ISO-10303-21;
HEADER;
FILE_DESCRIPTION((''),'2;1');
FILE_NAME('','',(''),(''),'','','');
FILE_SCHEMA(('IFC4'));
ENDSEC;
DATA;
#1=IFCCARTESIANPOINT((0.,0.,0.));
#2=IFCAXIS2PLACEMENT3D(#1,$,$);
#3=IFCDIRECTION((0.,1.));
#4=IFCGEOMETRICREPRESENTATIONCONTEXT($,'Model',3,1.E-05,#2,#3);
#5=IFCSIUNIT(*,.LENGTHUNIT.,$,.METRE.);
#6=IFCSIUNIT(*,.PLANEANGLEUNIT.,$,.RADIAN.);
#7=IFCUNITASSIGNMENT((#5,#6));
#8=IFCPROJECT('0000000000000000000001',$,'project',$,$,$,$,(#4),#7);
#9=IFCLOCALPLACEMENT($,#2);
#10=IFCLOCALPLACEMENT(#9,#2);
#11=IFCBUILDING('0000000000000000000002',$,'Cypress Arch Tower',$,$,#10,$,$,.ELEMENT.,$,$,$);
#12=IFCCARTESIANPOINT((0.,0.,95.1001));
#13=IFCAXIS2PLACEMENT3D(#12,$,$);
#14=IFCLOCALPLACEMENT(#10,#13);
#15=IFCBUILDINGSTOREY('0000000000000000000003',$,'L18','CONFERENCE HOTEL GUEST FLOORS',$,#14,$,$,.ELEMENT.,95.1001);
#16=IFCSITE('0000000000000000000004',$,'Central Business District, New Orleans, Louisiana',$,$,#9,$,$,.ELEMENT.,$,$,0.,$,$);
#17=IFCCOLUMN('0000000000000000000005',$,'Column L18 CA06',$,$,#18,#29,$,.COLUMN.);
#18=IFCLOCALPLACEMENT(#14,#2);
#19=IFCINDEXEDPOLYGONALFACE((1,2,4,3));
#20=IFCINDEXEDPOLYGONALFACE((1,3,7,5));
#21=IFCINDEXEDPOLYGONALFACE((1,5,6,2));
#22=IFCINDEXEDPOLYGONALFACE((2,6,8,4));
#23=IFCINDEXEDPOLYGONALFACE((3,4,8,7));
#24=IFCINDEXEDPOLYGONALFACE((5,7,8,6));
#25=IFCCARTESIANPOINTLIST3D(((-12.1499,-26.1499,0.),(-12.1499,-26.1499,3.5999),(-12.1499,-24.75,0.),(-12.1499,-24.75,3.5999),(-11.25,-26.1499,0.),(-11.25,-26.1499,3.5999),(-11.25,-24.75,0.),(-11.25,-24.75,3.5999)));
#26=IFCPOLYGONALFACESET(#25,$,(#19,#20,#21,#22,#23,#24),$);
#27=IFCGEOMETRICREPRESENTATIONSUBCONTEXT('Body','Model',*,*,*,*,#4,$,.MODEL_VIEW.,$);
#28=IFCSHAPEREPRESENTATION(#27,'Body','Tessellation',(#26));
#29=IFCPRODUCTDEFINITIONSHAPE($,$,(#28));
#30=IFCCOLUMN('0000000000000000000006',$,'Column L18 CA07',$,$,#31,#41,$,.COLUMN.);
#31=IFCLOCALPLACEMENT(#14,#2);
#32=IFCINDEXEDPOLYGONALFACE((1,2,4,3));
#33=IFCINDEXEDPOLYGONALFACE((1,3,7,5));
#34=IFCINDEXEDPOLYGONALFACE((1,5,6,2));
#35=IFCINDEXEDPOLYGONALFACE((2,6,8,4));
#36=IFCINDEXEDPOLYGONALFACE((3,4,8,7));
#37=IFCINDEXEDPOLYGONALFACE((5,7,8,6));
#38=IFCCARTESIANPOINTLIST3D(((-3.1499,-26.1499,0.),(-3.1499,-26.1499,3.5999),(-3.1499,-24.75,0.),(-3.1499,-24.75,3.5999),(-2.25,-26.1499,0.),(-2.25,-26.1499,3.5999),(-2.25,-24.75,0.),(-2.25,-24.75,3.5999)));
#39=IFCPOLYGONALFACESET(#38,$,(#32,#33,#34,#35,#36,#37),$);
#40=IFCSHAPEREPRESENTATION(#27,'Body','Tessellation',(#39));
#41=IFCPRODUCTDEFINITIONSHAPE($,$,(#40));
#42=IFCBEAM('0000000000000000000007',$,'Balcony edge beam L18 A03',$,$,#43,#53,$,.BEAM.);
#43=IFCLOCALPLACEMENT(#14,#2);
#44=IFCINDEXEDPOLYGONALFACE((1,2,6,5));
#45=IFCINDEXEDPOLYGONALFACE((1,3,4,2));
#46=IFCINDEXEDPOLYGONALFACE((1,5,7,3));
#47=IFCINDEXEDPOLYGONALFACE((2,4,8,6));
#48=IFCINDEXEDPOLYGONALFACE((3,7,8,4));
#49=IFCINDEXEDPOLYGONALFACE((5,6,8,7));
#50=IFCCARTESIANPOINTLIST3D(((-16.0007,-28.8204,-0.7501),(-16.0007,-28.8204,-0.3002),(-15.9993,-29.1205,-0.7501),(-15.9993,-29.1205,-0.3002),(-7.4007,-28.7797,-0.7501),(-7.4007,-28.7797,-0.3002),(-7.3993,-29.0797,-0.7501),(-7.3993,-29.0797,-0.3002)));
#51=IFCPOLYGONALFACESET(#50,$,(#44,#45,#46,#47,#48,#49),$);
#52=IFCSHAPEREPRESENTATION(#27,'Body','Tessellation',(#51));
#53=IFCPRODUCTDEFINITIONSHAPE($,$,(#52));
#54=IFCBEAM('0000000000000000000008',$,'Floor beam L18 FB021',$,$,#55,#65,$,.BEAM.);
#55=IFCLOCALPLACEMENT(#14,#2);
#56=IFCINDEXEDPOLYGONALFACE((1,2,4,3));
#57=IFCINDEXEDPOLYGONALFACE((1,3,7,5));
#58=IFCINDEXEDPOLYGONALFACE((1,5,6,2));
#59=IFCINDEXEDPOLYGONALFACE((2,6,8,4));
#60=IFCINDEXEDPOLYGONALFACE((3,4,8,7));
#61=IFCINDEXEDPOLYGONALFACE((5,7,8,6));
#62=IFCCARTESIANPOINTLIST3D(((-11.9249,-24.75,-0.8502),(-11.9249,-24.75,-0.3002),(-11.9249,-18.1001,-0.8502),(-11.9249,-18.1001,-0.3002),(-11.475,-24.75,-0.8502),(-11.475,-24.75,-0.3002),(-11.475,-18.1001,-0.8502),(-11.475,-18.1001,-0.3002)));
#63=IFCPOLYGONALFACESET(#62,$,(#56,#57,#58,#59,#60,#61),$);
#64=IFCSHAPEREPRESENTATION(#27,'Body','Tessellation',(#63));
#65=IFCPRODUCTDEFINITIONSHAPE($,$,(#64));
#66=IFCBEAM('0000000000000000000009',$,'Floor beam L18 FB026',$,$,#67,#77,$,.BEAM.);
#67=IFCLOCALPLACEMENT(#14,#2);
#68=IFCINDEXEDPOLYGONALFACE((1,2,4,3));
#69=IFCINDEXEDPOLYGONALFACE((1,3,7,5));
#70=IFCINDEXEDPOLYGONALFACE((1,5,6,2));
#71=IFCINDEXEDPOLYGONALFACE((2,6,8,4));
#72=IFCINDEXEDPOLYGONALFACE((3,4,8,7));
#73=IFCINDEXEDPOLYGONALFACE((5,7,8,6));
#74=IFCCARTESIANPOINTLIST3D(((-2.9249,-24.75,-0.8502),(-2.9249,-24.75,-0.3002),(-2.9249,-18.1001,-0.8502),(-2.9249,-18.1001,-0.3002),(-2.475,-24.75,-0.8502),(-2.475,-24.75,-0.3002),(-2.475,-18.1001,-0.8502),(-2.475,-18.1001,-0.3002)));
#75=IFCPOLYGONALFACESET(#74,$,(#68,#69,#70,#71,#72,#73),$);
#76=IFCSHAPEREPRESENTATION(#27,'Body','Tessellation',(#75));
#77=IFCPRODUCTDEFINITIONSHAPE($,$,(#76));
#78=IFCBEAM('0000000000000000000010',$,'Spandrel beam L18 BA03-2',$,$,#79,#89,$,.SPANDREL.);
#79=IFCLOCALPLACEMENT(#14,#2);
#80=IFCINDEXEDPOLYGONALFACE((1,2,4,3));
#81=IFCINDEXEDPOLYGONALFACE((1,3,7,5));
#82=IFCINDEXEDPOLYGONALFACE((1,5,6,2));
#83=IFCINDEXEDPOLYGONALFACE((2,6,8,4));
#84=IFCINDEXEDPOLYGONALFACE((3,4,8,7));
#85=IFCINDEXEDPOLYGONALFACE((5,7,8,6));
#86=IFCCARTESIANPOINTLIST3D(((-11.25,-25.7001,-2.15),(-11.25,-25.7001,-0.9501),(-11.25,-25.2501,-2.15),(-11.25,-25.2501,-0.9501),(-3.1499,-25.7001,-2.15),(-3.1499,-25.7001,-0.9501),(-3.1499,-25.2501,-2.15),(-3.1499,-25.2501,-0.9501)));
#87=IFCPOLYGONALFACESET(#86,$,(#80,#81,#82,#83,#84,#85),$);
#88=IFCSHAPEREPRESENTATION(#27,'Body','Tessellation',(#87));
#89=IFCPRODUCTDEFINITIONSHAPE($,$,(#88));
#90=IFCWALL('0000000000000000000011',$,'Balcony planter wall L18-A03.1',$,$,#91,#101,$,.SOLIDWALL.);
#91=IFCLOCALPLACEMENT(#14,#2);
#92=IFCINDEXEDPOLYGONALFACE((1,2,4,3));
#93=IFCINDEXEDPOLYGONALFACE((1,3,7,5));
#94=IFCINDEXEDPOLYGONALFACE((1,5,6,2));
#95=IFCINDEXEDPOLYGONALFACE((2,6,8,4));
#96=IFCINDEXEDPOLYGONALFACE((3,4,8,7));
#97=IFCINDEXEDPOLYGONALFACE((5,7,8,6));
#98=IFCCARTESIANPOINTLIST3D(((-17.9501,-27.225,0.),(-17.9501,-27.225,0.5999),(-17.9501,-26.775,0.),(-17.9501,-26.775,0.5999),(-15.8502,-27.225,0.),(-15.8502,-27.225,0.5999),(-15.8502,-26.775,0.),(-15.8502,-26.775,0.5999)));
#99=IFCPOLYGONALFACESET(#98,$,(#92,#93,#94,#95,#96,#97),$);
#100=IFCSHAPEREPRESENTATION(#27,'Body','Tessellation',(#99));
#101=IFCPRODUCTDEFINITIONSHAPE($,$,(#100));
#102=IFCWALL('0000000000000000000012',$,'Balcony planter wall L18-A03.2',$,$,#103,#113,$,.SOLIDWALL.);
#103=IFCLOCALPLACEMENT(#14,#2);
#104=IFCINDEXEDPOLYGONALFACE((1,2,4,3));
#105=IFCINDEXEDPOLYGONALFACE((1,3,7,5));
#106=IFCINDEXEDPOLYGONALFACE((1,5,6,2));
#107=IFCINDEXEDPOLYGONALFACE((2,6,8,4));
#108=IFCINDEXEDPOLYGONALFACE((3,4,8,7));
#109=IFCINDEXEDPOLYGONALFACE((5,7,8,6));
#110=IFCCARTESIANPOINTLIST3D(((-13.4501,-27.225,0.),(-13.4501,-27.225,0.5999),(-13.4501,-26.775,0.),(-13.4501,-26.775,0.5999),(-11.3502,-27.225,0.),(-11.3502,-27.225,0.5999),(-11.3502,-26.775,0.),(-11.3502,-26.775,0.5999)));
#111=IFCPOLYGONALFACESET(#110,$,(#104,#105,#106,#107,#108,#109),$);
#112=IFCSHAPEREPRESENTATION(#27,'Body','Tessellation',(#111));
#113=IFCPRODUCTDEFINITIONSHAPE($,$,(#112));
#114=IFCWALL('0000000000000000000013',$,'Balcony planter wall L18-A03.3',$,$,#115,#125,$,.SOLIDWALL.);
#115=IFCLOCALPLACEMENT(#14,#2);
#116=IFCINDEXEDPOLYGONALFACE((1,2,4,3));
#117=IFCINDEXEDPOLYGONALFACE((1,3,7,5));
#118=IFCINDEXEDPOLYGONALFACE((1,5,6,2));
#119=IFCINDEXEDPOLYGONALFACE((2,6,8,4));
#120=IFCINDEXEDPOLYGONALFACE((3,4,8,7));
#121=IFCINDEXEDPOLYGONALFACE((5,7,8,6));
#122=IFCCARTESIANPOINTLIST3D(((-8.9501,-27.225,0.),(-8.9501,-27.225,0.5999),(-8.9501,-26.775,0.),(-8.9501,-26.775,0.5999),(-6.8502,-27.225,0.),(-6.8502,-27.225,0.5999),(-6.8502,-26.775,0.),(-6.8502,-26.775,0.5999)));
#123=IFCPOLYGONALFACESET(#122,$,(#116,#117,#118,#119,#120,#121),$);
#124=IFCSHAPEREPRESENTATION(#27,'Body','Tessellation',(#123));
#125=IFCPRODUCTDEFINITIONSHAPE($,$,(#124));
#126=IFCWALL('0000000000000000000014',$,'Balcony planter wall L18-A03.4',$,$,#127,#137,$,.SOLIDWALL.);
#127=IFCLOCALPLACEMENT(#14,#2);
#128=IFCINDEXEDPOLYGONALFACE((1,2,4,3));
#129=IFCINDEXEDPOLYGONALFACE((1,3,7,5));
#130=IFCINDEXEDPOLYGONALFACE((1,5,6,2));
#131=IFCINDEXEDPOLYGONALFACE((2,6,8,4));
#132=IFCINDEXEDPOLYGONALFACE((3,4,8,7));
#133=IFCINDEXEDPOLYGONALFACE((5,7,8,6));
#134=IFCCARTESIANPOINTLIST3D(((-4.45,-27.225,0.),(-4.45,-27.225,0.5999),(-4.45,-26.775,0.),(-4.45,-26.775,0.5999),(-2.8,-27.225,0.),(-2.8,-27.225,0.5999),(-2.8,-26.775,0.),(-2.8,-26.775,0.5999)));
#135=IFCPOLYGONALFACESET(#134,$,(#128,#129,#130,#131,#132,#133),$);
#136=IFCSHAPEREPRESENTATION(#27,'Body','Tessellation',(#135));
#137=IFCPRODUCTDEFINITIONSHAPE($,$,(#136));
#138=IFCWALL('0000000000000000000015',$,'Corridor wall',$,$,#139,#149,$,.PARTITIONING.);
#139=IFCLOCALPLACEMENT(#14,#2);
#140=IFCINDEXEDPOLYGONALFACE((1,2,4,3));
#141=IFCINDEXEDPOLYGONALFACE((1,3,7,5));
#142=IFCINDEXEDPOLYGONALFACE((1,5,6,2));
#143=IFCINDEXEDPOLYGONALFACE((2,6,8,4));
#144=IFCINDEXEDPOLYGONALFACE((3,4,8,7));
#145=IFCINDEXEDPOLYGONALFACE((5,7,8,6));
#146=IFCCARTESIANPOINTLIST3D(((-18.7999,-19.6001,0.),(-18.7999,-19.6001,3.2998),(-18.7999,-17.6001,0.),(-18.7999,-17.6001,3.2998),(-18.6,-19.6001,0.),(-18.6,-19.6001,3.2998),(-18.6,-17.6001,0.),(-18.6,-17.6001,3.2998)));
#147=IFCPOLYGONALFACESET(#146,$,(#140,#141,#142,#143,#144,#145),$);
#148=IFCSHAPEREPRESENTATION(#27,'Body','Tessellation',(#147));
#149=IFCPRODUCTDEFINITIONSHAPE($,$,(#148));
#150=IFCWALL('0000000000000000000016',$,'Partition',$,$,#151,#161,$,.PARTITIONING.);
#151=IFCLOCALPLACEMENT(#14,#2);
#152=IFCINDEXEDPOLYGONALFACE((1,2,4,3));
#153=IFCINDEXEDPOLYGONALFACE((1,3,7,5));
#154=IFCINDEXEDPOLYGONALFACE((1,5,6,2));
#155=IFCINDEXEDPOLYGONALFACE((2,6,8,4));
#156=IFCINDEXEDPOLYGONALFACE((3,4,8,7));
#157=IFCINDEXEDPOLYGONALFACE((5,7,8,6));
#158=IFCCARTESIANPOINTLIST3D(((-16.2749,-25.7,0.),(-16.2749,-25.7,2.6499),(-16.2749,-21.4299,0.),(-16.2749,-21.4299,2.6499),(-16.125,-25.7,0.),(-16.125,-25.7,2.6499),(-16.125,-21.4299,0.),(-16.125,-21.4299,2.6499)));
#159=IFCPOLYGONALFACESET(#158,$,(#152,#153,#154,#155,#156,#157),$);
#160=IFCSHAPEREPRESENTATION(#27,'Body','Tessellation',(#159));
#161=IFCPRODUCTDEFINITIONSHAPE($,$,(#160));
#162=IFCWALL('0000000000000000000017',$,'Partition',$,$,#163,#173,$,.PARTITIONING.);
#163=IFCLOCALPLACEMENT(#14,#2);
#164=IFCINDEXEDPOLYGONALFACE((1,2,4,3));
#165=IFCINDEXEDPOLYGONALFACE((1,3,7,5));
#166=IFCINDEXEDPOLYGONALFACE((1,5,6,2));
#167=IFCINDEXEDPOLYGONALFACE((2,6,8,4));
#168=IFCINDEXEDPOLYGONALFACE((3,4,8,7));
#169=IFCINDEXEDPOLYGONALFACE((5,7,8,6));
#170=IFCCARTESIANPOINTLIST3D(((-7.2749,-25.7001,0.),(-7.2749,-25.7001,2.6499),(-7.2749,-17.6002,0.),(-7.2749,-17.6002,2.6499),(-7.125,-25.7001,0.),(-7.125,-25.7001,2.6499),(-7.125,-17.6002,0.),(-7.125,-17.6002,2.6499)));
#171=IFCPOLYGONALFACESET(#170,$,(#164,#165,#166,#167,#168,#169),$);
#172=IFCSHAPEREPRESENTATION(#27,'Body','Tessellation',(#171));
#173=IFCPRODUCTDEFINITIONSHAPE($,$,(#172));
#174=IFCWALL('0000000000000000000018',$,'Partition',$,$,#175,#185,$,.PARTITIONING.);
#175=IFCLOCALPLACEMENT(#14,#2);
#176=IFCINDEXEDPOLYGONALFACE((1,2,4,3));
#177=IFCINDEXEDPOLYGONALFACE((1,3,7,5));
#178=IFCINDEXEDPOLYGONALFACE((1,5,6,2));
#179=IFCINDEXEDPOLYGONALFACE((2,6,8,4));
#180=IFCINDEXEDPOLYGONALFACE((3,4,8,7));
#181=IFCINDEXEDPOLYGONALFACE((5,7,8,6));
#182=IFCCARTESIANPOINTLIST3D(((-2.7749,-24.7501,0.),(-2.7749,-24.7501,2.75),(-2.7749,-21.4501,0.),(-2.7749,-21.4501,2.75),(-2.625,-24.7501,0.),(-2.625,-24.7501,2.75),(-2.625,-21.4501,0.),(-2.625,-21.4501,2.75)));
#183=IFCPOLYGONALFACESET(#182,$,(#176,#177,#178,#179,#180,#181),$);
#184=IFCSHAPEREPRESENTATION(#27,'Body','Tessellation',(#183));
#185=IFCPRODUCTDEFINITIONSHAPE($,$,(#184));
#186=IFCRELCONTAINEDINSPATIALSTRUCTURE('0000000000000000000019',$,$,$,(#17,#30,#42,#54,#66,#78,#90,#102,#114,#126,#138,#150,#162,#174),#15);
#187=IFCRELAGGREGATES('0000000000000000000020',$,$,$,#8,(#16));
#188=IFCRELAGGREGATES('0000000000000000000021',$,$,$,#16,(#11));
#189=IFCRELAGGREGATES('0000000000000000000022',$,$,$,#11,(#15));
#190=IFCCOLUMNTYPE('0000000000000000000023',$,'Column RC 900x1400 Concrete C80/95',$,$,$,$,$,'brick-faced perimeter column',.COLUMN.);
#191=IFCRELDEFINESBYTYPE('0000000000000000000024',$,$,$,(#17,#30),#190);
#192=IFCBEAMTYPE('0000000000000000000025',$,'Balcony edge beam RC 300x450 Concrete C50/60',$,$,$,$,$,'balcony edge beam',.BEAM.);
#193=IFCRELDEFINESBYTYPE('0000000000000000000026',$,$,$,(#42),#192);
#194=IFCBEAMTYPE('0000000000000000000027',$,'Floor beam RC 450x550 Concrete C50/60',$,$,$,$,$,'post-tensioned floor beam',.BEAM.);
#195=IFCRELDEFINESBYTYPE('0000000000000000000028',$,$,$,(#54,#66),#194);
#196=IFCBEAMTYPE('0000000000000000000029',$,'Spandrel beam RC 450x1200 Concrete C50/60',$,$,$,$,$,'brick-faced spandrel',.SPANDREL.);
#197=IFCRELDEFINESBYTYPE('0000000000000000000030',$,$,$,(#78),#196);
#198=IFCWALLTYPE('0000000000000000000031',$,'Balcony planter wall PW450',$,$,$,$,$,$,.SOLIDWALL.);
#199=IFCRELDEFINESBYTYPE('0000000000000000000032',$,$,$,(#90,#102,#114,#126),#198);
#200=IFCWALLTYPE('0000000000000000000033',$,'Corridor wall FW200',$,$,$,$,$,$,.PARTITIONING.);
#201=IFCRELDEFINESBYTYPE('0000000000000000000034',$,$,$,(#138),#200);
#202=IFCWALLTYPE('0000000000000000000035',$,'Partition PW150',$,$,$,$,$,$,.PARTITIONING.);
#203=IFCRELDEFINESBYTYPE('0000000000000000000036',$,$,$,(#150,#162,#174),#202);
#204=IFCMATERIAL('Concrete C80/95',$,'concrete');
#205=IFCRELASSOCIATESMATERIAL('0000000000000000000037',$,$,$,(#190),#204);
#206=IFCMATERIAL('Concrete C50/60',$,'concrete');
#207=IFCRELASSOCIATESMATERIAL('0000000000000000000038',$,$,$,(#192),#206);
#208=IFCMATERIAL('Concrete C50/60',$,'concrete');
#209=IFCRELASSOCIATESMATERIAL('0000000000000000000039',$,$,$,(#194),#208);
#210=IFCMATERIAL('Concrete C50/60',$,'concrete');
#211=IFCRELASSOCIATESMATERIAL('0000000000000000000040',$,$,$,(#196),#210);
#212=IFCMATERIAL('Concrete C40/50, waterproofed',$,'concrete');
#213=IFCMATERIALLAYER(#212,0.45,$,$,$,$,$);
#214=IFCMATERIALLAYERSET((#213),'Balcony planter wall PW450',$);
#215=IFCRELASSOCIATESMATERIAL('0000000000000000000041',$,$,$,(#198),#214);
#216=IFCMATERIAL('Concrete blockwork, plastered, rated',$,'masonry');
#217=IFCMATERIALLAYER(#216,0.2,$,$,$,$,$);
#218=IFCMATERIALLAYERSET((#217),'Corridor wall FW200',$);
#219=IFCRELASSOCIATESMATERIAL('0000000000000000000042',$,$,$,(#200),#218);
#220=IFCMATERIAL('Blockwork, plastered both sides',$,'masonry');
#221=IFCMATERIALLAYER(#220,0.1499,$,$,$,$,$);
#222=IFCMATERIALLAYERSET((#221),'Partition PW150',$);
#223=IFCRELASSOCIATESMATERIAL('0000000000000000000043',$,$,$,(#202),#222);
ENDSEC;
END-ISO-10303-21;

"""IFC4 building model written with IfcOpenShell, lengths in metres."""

from ifc_helpers import new_model, si_unit, direction, frame, frame_2d, origin, origin_2d, place, context, subcontext, project, spatial, rectangle, extrude, material, layer, layer_set, material_profile, profile_set, type_object, element, save


model = new_model("IFC4")

# Units and contexts
model_context = context("Model", 3, precision=1e-05, world=origin(), true_north=direction((0.0, 1.0)))
body_context = subcontext(model_context, "Body", "Model", "MODEL_VIEW")
ifc_project = project(units=[si_unit("LENGTHUNIT", "METRE"), si_unit("PLANEANGLEUNIT", "RADIAN")], contexts=[model_context])

# Site, building, storey
site_placement = place(None, origin())
site = spatial("IfcSite", under=ifc_project, at=site_placement, Name="Central Business District, New Orleans, Louisiana", CompositionType="ELEMENT", RefElevation=0.0)
building_placement = place(site_placement, origin())
building = spatial("IfcBuilding", under=site, at=building_placement, Name="Cypress Arch Tower", CompositionType="ELEMENT")
storey_placement = place(building_placement, frame((0.0, 0.0, 95.1001)))
storey = spatial("IfcBuildingStorey", under=building, at=storey_placement, Name="L18", Description="CONFERENCE HOTEL GUEST FLOORS", CompositionType="ELEMENT", Elevation=95.1001)

# Columns
ifc_material_1 = material(Name="Concrete C80/95", Category="concrete")
ifc_material_profile_1 = material_profile(ifc_material_1, rectangle(XDim=0.8999, YDim=1.3999, at=origin_2d()), Name="RC 900x1400")
ifc_profile_set_1 = profile_set([ifc_material_profile_1], Name="Concrete C80/95")
column_type = type_object("IfcColumnType", Name="Column RC 900x1400 Concrete C80/95", ElementType="brick-faced perimeter column", PredefinedType="COLUMN", material=ifc_profile_set_1)
for number, where, z_axis, x_axis, name in (
    (1, (-11.7, -25.45, 0.0), (0.0, 0.0, 1.0), (1.0, 0.0, 0.0), "Column L18 CA06"),
    (2, (-2.7, -25.45, 0.0), (0.0, 0.0, 1.0), (1.0, 0.0, 0.0), "Column L18 CA07"),
):
    element("IfcColumn", number, at=place(storey_placement, frame(where, z_axis=z_axis, x_axis=x_axis)), inside=storey, type_object=column_type, Name=name, PredefinedType="COLUMN", context=body_context, shape_type="SweptSolid", body=[
        extrude(rectangle(XDim=0.8999, YDim=1.3999, at=origin_2d()), origin(), (0.0, 0.0, 1.0), 3.5999),
    ])

# Beams
ifc_material_2 = material(Name="Concrete C50/60", Category="concrete")
ifc_material_profile_2 = material_profile(ifc_material_2, rectangle(XDim=0.3, YDim=0.45, at=origin_2d()), Name="RC 300x450")
ifc_profile_set_2 = profile_set([ifc_material_profile_2], Name="Concrete C50/60")
beam_type_1 = type_object("IfcBeamType", Name="Balcony edge beam RC 300x450 Concrete C50/60", ElementType="balcony edge beam", PredefinedType="BEAM", material=ifc_profile_set_2)
beam_1_placement = place(storey_placement, frame((-16.0, -28.9705, -0.5251), z_axis=(0.999989, 0.004741, 0.0), x_axis=(-0.004741, 0.999989, 0.0)))
element("IfcBeam", 3, at=beam_1_placement, inside=storey, type_object=beam_type_1, Name="Balcony edge beam L18 A03", PredefinedType="BEAM", context=body_context, shape_type="SweptSolid", body=[
    extrude(rectangle(XDim=0.3, YDim=0.45, at=origin_2d()), origin(), (0.0, 0.0, 1.0), 8.6001),
])
ifc_material_3 = material(Name="Concrete C50/60", Category="concrete")
ifc_material_profile_3 = material_profile(ifc_material_3, rectangle(XDim=0.45, YDim=0.55, at=origin_2d()), Name="RC 450x550")
ifc_profile_set_3 = profile_set([ifc_material_profile_3], Name="Concrete C50/60")
beam_type_2 = type_object("IfcBeamType", Name="Floor beam RC 450x550 Concrete C50/60", ElementType="post-tensioned floor beam", PredefinedType="BEAM", material=ifc_profile_set_3)
for number, where, z_axis, x_axis, name in (
    (4, (-11.7, -24.75, -0.5752), (0.0, 1.0, 0.0), (-1.0, 0.0, 0.0), "Floor beam L18 FB021"),
    (5, (-2.7, -24.75, -0.5752), (0.0, 1.0, 0.0), (-1.0, 0.0, 0.0), "Floor beam L18 FB026"),
):
    element("IfcBeam", number, at=place(storey_placement, frame(where, z_axis=z_axis, x_axis=x_axis)), inside=storey, type_object=beam_type_2, Name=name, PredefinedType="BEAM", context=body_context, shape_type="SweptSolid", body=[
        extrude(rectangle(XDim=0.45, YDim=0.55, at=origin_2d()), origin(), (0.0, 0.0, 1.0), 6.6499),
    ])
ifc_material_4 = material(Name="Concrete C50/60", Category="concrete")
ifc_material_profile_4 = material_profile(ifc_material_4, rectangle(XDim=0.45, YDim=1.2, at=origin_2d()), Name="RC 450x1200")
ifc_profile_set_4 = profile_set([ifc_material_profile_4], Name="Concrete C50/60")
beam_type_3 = type_object("IfcBeamType", Name="Spandrel beam RC 450x1200 Concrete C50/60", ElementType="brick-faced spandrel", PredefinedType="SPANDREL", material=ifc_profile_set_4)
beam_2_placement = place(storey_placement, frame((-11.25, -25.4751, -1.55), z_axis=(1.0, 0.0, 0.0), x_axis=(0.0, 1.0, 0.0)))
element("IfcBeam", 6, at=beam_2_placement, inside=storey, type_object=beam_type_3, Name="Spandrel beam L18 BA03-2", PredefinedType="SPANDREL", context=body_context, shape_type="SweptSolid", body=[
    extrude(rectangle(XDim=0.45, YDim=1.2, at=origin_2d()), origin(), (0.0, 0.0, 1.0), 8.1001),
])

# Walls
ifc_material_5 = material(Name="Concrete C40/50, waterproofed", Category="concrete")
ifc_layer_1 = layer(ifc_material_5, 0.45)
ifc_layer_set_1 = layer_set([ifc_layer_1], Name="Balcony planter wall PW450")
wall_type_1 = type_object("IfcWallType", Name="Balcony planter wall PW450", PredefinedType="SOLIDWALL", material=ifc_layer_set_1)
for number, where, z_axis, x_axis, name in (
    (7, (-17.95, -27.0, 0.0), (0.0, 0.0, 1.0), (1.0, 0.0, 0.0), "Balcony planter wall L18-A03.1"),
    (8, (-13.45, -27.0, 0.0), (0.0, 0.0, 1.0), (1.0, 0.0, 0.0), "Balcony planter wall L18-A03.2"),
    (9, (-8.95, -27.0, 0.0), (0.0, 0.0, 1.0), (1.0, 0.0, 0.0), "Balcony planter wall L18-A03.3"),
):
    element("IfcWall", number, at=place(storey_placement, frame(where, z_axis=z_axis, x_axis=x_axis)), inside=storey, type_object=wall_type_1, Name=name, PredefinedType="SOLIDWALL", context=body_context, shape_type="SweptSolid", body=[
        extrude(rectangle(XDim=2.0999, YDim=0.45, at=frame_2d((1.0498, 0.0))), origin(), (0.0, 0.0, 1.0), 0.5999),
    ])
wall_1_placement = place(storey_placement, frame((-4.45, -27.0, 0.0), z_axis=(0.0, 0.0, 1.0), x_axis=(1.0, 0.0, 0.0)))
element("IfcWall", 10, at=wall_1_placement, inside=storey, type_object=wall_type_1, Name="Balcony planter wall L18-A03.4", PredefinedType="SOLIDWALL", context=body_context, shape_type="SweptSolid", body=[
    extrude(rectangle(XDim=1.6499, YDim=0.45, at=frame_2d((0.825, 0.0))), origin(), (0.0, 0.0, 1.0), 0.5999),
])

# Walls
ifc_material_6 = material(Name="Concrete blockwork, plastered, rated", Category="masonry")
ifc_layer_2 = layer(ifc_material_6, 0.2)
ifc_layer_set_2 = layer_set([ifc_layer_2], Name="Corridor wall FW200")
wall_type_2 = type_object("IfcWallType", Name="Corridor wall FW200", PredefinedType="PARTITIONING", material=ifc_layer_set_2)
wall_2_placement = place(storey_placement, frame((-18.7, -19.6001, 0.0), z_axis=(0.0, 0.0, 1.0), x_axis=(0.0, 1.0, 0.0)))
element("IfcWall", 11, at=wall_2_placement, inside=storey, type_object=wall_type_2, Name="Corridor wall", PredefinedType="PARTITIONING", context=body_context, shape_type="SweptSolid", body=[
    extrude(rectangle(XDim=2.0, YDim=0.2, at=frame_2d((1.0, 0.0))), origin(), (0.0, 0.0, 1.0), 3.2998),
])
ifc_material_7 = material(Name="Blockwork, plastered both sides", Category="masonry")
ifc_layer_3 = layer(ifc_material_7, 0.1499)
ifc_layer_set_3 = layer_set([ifc_layer_3], Name="Partition PW150")
wall_type_3 = type_object("IfcWallType", Name="Partition PW150", PredefinedType="PARTITIONING", material=ifc_layer_set_3)
wall_3_placement = place(storey_placement, frame((-16.2, -25.7, 0.0), z_axis=(0.0, 0.0, 1.0), x_axis=(0.0, 1.0, 0.0)))
element("IfcWall", 12, at=wall_3_placement, inside=storey, type_object=wall_type_3, Name="Partition", PredefinedType="PARTITIONING", context=body_context, shape_type="SweptSolid", body=[
    extrude(rectangle(XDim=4.27, YDim=0.1499, at=frame_2d((2.135, 0.0))), origin(), (0.0, 0.0, 1.0), 2.6499),
])
wall_4_placement = place(storey_placement, frame((-7.2, -25.7, 0.0), z_axis=(0.0, 0.0, 1.0), x_axis=(0.0, 1.0, 0.0)))
element("IfcWall", 13, at=wall_4_placement, inside=storey, type_object=wall_type_3, Name="Partition", PredefinedType="PARTITIONING", context=body_context, shape_type="SweptSolid", body=[
    extrude(rectangle(XDim=8.0999, YDim=0.1499, at=frame_2d((4.0498, 0.0))), origin(), (0.0, 0.0, 1.0), 2.6499),
])
wall_5_placement = place(storey_placement, frame((-2.7, -24.75, 0.0), z_axis=(0.0, 0.0, 1.0), x_axis=(0.0, 1.0, 0.0)))
element("IfcWall", 14, at=wall_5_placement, inside=storey, type_object=wall_type_3, Name="Partition", PredefinedType="PARTITIONING", context=body_context, shape_type="SweptSolid", body=[
    extrude(rectangle(XDim=3.3, YDim=0.1499, at=frame_2d((1.6499, 0.0))), origin(), (0.0, 0.0, 1.0), 2.75),
])

save(model, "model.ifc")
